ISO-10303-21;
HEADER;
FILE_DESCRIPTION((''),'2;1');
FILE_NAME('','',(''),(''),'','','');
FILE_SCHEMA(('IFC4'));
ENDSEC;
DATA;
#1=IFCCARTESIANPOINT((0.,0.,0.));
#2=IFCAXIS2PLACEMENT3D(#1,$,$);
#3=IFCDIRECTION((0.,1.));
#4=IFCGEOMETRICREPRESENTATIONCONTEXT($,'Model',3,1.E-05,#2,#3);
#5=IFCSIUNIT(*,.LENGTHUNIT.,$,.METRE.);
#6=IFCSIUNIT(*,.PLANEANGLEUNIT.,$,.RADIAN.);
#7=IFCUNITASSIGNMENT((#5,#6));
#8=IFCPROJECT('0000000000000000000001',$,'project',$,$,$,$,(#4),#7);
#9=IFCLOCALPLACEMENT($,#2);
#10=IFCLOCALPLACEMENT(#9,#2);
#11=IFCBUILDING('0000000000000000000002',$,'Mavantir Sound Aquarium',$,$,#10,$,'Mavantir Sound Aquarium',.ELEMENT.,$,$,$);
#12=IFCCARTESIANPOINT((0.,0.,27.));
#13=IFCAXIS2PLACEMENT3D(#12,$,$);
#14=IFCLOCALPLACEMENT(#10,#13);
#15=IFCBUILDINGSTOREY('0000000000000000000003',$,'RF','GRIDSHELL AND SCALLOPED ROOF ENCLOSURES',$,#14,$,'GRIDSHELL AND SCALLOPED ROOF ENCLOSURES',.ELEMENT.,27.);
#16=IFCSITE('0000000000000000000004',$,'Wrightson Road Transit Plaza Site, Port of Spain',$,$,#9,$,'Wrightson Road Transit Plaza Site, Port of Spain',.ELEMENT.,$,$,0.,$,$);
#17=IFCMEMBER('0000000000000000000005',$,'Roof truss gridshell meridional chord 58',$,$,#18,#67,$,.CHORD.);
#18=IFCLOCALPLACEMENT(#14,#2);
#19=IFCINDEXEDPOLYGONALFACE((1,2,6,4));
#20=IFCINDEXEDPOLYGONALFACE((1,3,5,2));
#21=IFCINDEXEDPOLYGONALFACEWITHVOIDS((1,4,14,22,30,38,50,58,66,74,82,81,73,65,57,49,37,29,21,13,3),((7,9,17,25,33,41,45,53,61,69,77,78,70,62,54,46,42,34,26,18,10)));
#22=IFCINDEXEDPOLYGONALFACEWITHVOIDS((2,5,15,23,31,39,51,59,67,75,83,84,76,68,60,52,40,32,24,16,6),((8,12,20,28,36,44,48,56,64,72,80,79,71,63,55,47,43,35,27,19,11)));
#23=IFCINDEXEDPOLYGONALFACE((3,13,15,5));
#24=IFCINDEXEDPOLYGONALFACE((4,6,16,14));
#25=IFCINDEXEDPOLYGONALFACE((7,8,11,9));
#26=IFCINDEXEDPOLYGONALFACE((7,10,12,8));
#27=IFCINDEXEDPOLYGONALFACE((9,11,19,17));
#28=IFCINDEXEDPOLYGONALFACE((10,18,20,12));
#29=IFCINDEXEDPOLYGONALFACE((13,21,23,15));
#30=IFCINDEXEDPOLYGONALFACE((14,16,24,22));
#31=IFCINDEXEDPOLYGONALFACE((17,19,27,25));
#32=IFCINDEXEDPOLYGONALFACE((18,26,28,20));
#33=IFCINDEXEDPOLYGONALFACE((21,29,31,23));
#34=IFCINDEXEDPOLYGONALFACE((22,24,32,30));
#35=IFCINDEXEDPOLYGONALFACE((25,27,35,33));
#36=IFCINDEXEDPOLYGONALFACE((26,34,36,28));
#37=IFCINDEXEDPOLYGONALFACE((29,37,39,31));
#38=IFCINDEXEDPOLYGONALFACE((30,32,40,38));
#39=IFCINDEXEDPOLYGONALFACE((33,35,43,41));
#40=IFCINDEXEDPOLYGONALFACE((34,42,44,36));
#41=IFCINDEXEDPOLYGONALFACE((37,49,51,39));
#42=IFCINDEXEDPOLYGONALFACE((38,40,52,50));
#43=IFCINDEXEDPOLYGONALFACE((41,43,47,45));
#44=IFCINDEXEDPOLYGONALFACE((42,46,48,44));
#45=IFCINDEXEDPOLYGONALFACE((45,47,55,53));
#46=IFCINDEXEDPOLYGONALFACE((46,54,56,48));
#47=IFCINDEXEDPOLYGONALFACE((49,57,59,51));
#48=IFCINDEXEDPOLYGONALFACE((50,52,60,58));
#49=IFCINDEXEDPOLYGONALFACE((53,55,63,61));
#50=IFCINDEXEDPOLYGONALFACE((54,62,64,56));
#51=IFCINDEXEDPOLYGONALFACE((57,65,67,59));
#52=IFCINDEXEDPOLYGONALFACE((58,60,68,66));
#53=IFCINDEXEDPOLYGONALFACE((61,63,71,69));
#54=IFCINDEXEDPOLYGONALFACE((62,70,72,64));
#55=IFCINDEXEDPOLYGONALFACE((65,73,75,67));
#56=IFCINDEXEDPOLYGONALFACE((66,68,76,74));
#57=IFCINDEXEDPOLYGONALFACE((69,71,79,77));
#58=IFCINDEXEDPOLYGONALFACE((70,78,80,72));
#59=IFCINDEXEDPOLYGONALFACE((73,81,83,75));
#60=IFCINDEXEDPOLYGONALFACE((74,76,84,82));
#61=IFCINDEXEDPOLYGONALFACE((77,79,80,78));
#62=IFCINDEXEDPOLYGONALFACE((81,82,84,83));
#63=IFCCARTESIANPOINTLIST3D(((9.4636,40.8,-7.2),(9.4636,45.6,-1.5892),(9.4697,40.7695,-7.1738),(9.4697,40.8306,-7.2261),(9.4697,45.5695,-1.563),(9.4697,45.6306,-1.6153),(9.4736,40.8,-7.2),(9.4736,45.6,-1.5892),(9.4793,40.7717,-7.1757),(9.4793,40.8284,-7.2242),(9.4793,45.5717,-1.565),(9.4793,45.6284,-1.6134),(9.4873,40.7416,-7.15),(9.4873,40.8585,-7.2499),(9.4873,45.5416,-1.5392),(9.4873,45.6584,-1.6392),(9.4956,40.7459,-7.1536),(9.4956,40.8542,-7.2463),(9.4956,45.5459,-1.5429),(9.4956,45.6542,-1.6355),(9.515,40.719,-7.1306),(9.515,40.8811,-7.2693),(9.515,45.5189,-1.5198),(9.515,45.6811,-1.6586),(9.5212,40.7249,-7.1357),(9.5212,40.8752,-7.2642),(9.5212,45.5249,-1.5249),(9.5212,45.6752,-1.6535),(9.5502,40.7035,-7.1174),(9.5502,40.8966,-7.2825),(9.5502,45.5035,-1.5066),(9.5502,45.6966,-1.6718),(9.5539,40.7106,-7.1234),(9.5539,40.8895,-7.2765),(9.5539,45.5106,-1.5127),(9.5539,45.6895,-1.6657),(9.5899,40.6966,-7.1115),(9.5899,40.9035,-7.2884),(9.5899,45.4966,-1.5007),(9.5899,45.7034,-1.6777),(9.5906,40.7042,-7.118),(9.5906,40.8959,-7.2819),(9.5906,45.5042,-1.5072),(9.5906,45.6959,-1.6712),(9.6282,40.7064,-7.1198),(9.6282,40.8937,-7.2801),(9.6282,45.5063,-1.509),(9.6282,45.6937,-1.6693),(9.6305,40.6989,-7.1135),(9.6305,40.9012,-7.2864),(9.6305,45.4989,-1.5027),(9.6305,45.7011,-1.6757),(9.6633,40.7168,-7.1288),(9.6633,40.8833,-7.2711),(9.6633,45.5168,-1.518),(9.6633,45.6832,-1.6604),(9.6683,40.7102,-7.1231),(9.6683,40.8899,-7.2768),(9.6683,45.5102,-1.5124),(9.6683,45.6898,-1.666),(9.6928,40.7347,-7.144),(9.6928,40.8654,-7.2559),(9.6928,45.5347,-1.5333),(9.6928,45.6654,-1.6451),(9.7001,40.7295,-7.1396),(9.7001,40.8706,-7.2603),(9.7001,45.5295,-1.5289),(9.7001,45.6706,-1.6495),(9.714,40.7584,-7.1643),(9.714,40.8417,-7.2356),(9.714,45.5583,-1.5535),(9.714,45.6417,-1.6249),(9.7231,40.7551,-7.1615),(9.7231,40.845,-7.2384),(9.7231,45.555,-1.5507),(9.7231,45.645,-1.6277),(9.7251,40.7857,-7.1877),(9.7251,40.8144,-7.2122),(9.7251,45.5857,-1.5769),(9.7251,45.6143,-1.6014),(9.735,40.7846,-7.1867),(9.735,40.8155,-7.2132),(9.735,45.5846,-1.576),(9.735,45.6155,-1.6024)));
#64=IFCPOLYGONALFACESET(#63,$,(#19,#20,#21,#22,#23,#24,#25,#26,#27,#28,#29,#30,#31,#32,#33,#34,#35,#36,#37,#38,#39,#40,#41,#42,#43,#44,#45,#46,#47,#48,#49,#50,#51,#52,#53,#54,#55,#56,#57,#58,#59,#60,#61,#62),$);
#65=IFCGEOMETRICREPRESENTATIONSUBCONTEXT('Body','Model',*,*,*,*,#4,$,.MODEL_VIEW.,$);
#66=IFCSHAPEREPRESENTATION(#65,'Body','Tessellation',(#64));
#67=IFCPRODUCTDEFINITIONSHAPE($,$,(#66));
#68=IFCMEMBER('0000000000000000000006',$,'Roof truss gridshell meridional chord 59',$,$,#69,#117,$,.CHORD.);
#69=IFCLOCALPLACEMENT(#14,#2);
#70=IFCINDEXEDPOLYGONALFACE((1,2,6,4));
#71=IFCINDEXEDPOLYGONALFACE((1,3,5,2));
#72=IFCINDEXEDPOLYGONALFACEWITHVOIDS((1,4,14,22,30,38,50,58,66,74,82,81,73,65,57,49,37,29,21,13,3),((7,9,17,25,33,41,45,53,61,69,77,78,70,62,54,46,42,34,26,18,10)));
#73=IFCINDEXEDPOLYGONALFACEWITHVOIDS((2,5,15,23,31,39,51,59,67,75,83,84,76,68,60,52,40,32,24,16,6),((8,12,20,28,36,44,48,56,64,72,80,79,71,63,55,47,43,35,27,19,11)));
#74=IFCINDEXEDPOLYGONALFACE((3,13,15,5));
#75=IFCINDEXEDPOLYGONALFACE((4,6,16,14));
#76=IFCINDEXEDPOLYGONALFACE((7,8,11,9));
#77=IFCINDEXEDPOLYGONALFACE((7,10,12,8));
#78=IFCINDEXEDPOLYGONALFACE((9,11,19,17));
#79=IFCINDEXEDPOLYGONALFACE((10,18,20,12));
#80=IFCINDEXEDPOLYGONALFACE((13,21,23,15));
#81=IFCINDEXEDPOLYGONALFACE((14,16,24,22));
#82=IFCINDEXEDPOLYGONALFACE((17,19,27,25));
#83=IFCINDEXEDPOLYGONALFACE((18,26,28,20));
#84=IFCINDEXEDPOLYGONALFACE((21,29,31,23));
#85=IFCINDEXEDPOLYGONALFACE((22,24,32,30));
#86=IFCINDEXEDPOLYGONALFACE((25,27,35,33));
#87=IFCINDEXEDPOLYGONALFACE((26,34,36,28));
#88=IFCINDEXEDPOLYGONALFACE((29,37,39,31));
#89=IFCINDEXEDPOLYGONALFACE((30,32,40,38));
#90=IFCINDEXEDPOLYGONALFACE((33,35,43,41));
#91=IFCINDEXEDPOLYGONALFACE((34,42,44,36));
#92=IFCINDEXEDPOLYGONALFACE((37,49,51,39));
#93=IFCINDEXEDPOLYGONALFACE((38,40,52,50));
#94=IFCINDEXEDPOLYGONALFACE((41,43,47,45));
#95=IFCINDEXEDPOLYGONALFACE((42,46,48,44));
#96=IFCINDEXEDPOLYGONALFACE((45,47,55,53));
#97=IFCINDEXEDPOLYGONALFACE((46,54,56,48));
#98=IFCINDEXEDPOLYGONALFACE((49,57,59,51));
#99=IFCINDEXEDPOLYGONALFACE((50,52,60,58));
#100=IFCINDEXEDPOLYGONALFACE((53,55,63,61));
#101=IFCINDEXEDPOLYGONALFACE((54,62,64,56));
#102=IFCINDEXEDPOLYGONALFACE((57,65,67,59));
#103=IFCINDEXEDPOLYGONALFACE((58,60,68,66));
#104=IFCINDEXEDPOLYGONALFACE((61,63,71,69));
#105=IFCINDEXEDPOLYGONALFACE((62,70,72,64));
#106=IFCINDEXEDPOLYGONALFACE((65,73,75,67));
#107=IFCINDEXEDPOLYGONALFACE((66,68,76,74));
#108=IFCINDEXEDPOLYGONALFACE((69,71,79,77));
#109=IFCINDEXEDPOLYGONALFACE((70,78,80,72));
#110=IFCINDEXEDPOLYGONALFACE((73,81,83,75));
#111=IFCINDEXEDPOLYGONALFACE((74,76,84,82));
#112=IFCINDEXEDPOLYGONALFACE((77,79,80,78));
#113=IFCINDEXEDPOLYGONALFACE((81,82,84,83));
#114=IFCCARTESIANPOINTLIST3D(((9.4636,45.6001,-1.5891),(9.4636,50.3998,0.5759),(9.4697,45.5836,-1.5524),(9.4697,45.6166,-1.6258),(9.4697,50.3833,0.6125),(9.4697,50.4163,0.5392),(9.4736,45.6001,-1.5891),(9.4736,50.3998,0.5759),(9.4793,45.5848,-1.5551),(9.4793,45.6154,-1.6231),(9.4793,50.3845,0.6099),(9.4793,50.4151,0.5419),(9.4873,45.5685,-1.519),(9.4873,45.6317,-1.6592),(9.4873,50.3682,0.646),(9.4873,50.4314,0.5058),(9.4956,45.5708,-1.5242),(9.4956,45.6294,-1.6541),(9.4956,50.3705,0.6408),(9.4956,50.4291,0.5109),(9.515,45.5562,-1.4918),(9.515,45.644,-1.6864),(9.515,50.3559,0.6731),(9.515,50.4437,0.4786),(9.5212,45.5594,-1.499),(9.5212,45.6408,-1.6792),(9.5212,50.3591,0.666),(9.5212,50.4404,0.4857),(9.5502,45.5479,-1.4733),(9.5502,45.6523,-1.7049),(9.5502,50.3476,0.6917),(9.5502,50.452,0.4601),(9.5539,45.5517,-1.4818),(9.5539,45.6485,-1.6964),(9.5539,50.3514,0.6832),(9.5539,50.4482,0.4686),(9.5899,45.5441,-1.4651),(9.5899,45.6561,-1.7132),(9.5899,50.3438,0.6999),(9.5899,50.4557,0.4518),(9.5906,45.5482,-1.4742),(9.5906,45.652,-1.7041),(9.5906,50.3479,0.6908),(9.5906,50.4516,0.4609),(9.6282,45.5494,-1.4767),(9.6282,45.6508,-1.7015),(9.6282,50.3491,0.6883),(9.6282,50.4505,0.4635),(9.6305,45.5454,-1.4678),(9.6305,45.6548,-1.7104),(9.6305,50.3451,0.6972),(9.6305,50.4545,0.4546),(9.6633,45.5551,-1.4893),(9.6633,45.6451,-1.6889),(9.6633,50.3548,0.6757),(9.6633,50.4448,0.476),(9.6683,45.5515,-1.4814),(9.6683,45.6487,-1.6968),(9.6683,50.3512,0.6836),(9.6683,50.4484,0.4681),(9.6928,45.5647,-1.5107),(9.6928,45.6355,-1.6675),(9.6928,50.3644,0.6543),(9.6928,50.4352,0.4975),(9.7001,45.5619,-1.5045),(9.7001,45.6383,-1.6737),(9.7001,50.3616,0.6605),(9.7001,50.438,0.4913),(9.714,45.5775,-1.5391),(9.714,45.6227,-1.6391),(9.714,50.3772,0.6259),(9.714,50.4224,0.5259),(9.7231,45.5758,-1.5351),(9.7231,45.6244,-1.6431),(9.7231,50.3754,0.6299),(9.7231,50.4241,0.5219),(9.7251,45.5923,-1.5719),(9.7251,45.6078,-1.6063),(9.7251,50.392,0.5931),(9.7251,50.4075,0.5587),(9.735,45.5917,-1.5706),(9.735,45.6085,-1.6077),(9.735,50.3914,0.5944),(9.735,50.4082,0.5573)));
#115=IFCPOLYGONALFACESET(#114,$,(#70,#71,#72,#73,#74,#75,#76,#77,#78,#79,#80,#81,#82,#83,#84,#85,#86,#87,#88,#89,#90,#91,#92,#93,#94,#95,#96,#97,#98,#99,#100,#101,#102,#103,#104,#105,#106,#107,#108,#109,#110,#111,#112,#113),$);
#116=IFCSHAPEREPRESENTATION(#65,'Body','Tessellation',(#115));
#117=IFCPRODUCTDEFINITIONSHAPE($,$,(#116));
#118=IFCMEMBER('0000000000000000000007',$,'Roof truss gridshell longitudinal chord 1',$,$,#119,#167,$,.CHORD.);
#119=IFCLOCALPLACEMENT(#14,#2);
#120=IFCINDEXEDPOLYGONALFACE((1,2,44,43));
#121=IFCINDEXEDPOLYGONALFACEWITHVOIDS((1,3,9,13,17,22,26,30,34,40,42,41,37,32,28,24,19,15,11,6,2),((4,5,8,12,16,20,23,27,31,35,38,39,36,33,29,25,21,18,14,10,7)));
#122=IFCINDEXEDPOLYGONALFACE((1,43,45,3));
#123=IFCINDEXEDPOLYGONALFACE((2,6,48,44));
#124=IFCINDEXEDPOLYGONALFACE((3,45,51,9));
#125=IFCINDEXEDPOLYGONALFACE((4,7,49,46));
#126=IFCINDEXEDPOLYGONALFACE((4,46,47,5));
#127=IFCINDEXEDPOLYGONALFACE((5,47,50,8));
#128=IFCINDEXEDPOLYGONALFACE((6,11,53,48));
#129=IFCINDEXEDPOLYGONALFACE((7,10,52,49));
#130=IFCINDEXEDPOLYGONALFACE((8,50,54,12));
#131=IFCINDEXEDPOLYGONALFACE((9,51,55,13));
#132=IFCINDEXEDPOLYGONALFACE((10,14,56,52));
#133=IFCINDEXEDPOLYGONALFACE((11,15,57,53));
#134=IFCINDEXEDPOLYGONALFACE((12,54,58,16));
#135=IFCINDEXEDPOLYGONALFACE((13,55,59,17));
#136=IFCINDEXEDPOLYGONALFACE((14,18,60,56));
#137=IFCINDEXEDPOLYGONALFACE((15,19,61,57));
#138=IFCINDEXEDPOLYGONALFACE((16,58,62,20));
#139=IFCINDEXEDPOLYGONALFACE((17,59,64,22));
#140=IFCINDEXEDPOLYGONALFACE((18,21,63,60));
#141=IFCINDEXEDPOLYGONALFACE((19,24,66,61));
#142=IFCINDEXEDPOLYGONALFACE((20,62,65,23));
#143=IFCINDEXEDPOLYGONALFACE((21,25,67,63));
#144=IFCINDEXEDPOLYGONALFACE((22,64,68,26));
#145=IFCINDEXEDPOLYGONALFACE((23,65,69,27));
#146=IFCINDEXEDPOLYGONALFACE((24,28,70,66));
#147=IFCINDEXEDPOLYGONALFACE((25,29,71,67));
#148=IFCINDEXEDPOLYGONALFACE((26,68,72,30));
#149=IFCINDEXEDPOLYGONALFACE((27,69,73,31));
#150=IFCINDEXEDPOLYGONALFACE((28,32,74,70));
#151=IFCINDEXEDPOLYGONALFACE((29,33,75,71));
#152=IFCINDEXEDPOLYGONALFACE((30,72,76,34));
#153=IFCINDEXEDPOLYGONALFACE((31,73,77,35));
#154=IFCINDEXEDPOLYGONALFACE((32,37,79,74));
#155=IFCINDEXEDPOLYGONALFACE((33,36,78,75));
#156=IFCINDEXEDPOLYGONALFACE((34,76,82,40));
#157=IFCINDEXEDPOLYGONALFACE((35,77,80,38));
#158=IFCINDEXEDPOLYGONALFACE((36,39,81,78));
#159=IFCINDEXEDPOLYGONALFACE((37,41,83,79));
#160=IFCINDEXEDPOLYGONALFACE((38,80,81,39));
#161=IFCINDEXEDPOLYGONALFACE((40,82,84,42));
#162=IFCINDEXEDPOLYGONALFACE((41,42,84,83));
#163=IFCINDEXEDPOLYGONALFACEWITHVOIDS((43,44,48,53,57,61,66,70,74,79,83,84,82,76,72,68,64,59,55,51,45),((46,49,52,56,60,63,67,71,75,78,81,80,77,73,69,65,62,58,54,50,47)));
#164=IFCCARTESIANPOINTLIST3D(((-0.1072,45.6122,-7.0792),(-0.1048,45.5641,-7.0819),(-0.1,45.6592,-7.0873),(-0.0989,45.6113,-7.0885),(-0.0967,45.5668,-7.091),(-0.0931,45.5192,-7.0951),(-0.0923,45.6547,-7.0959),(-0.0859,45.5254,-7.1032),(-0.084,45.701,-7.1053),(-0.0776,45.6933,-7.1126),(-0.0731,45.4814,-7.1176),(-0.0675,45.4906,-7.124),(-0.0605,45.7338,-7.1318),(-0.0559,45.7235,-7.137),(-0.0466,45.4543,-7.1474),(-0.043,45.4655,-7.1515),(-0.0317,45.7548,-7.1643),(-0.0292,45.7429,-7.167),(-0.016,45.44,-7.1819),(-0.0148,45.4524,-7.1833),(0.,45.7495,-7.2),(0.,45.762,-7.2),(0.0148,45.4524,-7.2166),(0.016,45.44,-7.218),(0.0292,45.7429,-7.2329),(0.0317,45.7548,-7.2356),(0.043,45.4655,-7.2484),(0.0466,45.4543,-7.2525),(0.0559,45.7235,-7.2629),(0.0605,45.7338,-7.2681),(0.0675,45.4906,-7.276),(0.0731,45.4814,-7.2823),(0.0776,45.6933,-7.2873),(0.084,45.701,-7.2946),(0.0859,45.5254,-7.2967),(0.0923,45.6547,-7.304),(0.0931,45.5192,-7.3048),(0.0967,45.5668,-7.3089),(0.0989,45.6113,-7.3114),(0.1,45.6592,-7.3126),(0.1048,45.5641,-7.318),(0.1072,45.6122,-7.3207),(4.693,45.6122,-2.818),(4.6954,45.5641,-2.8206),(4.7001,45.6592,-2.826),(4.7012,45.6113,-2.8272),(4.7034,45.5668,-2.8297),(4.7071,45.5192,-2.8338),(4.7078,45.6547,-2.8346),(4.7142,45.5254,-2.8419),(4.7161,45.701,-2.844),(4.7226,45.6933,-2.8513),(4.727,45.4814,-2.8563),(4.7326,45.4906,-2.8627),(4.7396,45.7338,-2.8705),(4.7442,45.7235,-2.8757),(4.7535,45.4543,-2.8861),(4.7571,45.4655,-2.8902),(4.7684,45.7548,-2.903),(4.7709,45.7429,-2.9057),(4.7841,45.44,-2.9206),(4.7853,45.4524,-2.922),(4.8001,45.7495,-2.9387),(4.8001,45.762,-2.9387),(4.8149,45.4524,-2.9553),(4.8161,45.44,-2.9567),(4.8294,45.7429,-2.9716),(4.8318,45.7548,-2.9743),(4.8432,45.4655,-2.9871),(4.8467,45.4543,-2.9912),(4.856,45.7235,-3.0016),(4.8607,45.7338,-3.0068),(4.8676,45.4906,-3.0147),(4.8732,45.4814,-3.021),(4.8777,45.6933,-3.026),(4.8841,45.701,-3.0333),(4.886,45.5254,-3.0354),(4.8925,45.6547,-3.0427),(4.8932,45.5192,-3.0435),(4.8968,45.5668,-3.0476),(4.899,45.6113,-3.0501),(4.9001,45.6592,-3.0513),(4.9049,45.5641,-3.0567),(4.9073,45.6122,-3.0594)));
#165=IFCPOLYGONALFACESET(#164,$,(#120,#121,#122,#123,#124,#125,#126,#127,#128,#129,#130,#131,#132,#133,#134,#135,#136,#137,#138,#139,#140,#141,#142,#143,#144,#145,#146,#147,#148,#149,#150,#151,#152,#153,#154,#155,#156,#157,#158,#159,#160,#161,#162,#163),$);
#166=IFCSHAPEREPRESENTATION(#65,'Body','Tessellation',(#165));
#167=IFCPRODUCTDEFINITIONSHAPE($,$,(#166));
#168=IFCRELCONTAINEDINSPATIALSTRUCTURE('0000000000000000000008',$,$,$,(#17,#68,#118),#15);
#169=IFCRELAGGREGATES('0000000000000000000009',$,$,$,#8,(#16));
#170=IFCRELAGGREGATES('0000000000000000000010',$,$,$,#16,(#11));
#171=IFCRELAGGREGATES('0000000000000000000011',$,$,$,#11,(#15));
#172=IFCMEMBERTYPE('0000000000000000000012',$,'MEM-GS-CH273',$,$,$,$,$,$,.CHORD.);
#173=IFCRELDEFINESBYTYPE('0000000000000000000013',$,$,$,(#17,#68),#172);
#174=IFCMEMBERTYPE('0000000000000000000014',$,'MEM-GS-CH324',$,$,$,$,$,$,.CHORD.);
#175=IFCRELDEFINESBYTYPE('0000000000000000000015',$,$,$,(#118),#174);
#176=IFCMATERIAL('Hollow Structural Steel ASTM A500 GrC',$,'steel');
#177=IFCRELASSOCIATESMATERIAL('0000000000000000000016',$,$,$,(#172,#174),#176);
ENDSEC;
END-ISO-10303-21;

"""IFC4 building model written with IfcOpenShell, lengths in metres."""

from ifc_helpers import new_model, si_unit, direction, frame, origin, origin_2d, place, context, subcontext, project, spatial, hollow_circle, extrude, material, material_profile, profile_set, type_object, element, save


model = new_model("IFC4")

# Units and contexts
model_context = context("Model", 3, precision=1e-05, world=origin(), true_north=direction((0.0, 1.0)))
body_context = subcontext(model_context, "Body", "Model", "MODEL_VIEW")
ifc_project = project(units=[si_unit("LENGTHUNIT", "METRE"), si_unit("PLANEANGLEUNIT", "RADIAN")], contexts=[model_context])

# Site, building, storey
site_placement = place(None, origin())
site = spatial("IfcSite", under=ifc_project, at=site_placement, Name="Wrightson Road Transit Plaza Site, Port of Spain", LongName="Wrightson Road Transit Plaza Site, Port of Spain", CompositionType="ELEMENT", RefElevation=0.0)
building_placement = place(site_placement, origin())
building = spatial("IfcBuilding", under=site, at=building_placement, Name="Mavantir Sound Aquarium", LongName="Mavantir Sound Aquarium", CompositionType="ELEMENT")
storey_placement = place(building_placement, frame((0.0, 0.0, 27.0)))
storey = spatial("IfcBuildingStorey", under=building, at=storey_placement, Name="RF", Description="GRIDSHELL AND SCALLOPED ROOF ENCLOSURES", LongName="GRIDSHELL AND SCALLOPED ROOF ENCLOSURES", CompositionType="ELEMENT", Elevation=27.0)

# Shared definitions
ifc_material_1 = material(Name="Hollow Structural Steel ASTM A500 GrC", Category="steel")

# Members
ifc_material_profile_1 = material_profile(ifc_material_1, hollow_circle(Radius=0.1365, WallThickness=0.01, at=origin_2d()), Name="CHS 273X10")
ifc_profile_set_1 = profile_set([ifc_material_profile_1], Name="Hollow Structural Steel ASTM A500 GrC")
member_type_1 = type_object("IfcMemberType", Name="MEM-GS-CH273", PredefinedType="CHORD", material=ifc_profile_set_1)
member_1_placement = place(storey_placement, frame((9.6001, 40.8, -7.2), z_axis=(0.0, 0.65007, 0.759875), x_axis=(-1.0, 0.0, 0.0)))
element("IfcMember", 1, at=member_1_placement, inside=storey, type_object=member_type_1, Name="Roof truss gridshell meridional chord 58", PredefinedType="CHORD", context=body_context, shape_type="SweptSolid", body=[
    extrude(hollow_circle(Radius=0.1365, WallThickness=0.01, at=origin_2d()), origin(), (0.0, 0.0, 1.0), 7.3838),
])
member_2_placement = place(storey_placement, frame((9.6001, 45.6001, -1.5891), z_axis=(0.0, 0.911557, 0.411174), x_axis=(-1.0, 0.0, 0.0)))
element("IfcMember", 2, at=member_2_placement, inside=storey, type_object=member_type_1, Name="Roof truss gridshell meridional chord 59", PredefinedType="CHORD", context=body_context, shape_type="SweptSolid", body=[
    extrude(hollow_circle(Radius=0.1365, WallThickness=0.01, at=origin_2d()), origin(), (0.0, 0.0, 1.0), 5.2654),
])
ifc_material_profile_2 = material_profile(ifc_material_1, hollow_circle(Radius=0.1619, WallThickness=0.0125, at=origin_2d()), Name="CHS 323.9X12.5")
ifc_profile_set_2 = profile_set([ifc_material_profile_2], Name="Hollow Structural Steel ASTM A500 GrC")
member_type_2 = type_object("IfcMemberType", Name="MEM-GS-CH324", PredefinedType="CHORD", material=ifc_profile_set_2)
member_3_placement = place(storey_placement, frame((0.0, 45.6001, -7.2), z_axis=(0.747833, 0.0, 0.663887), x_axis=(0.0, 1.0, 0.0)))
element("IfcMember", 3, at=member_3_placement, inside=storey, type_object=member_type_2, Name="Roof truss gridshell longitudinal chord 1", PredefinedType="CHORD", context=body_context, shape_type="SweptSolid", body=[
    extrude(hollow_circle(Radius=0.1619, WallThickness=0.0125, at=origin_2d()), origin(), (0.0, 0.0, 1.0), 6.4187),
])

save(model, "model.ifc")
